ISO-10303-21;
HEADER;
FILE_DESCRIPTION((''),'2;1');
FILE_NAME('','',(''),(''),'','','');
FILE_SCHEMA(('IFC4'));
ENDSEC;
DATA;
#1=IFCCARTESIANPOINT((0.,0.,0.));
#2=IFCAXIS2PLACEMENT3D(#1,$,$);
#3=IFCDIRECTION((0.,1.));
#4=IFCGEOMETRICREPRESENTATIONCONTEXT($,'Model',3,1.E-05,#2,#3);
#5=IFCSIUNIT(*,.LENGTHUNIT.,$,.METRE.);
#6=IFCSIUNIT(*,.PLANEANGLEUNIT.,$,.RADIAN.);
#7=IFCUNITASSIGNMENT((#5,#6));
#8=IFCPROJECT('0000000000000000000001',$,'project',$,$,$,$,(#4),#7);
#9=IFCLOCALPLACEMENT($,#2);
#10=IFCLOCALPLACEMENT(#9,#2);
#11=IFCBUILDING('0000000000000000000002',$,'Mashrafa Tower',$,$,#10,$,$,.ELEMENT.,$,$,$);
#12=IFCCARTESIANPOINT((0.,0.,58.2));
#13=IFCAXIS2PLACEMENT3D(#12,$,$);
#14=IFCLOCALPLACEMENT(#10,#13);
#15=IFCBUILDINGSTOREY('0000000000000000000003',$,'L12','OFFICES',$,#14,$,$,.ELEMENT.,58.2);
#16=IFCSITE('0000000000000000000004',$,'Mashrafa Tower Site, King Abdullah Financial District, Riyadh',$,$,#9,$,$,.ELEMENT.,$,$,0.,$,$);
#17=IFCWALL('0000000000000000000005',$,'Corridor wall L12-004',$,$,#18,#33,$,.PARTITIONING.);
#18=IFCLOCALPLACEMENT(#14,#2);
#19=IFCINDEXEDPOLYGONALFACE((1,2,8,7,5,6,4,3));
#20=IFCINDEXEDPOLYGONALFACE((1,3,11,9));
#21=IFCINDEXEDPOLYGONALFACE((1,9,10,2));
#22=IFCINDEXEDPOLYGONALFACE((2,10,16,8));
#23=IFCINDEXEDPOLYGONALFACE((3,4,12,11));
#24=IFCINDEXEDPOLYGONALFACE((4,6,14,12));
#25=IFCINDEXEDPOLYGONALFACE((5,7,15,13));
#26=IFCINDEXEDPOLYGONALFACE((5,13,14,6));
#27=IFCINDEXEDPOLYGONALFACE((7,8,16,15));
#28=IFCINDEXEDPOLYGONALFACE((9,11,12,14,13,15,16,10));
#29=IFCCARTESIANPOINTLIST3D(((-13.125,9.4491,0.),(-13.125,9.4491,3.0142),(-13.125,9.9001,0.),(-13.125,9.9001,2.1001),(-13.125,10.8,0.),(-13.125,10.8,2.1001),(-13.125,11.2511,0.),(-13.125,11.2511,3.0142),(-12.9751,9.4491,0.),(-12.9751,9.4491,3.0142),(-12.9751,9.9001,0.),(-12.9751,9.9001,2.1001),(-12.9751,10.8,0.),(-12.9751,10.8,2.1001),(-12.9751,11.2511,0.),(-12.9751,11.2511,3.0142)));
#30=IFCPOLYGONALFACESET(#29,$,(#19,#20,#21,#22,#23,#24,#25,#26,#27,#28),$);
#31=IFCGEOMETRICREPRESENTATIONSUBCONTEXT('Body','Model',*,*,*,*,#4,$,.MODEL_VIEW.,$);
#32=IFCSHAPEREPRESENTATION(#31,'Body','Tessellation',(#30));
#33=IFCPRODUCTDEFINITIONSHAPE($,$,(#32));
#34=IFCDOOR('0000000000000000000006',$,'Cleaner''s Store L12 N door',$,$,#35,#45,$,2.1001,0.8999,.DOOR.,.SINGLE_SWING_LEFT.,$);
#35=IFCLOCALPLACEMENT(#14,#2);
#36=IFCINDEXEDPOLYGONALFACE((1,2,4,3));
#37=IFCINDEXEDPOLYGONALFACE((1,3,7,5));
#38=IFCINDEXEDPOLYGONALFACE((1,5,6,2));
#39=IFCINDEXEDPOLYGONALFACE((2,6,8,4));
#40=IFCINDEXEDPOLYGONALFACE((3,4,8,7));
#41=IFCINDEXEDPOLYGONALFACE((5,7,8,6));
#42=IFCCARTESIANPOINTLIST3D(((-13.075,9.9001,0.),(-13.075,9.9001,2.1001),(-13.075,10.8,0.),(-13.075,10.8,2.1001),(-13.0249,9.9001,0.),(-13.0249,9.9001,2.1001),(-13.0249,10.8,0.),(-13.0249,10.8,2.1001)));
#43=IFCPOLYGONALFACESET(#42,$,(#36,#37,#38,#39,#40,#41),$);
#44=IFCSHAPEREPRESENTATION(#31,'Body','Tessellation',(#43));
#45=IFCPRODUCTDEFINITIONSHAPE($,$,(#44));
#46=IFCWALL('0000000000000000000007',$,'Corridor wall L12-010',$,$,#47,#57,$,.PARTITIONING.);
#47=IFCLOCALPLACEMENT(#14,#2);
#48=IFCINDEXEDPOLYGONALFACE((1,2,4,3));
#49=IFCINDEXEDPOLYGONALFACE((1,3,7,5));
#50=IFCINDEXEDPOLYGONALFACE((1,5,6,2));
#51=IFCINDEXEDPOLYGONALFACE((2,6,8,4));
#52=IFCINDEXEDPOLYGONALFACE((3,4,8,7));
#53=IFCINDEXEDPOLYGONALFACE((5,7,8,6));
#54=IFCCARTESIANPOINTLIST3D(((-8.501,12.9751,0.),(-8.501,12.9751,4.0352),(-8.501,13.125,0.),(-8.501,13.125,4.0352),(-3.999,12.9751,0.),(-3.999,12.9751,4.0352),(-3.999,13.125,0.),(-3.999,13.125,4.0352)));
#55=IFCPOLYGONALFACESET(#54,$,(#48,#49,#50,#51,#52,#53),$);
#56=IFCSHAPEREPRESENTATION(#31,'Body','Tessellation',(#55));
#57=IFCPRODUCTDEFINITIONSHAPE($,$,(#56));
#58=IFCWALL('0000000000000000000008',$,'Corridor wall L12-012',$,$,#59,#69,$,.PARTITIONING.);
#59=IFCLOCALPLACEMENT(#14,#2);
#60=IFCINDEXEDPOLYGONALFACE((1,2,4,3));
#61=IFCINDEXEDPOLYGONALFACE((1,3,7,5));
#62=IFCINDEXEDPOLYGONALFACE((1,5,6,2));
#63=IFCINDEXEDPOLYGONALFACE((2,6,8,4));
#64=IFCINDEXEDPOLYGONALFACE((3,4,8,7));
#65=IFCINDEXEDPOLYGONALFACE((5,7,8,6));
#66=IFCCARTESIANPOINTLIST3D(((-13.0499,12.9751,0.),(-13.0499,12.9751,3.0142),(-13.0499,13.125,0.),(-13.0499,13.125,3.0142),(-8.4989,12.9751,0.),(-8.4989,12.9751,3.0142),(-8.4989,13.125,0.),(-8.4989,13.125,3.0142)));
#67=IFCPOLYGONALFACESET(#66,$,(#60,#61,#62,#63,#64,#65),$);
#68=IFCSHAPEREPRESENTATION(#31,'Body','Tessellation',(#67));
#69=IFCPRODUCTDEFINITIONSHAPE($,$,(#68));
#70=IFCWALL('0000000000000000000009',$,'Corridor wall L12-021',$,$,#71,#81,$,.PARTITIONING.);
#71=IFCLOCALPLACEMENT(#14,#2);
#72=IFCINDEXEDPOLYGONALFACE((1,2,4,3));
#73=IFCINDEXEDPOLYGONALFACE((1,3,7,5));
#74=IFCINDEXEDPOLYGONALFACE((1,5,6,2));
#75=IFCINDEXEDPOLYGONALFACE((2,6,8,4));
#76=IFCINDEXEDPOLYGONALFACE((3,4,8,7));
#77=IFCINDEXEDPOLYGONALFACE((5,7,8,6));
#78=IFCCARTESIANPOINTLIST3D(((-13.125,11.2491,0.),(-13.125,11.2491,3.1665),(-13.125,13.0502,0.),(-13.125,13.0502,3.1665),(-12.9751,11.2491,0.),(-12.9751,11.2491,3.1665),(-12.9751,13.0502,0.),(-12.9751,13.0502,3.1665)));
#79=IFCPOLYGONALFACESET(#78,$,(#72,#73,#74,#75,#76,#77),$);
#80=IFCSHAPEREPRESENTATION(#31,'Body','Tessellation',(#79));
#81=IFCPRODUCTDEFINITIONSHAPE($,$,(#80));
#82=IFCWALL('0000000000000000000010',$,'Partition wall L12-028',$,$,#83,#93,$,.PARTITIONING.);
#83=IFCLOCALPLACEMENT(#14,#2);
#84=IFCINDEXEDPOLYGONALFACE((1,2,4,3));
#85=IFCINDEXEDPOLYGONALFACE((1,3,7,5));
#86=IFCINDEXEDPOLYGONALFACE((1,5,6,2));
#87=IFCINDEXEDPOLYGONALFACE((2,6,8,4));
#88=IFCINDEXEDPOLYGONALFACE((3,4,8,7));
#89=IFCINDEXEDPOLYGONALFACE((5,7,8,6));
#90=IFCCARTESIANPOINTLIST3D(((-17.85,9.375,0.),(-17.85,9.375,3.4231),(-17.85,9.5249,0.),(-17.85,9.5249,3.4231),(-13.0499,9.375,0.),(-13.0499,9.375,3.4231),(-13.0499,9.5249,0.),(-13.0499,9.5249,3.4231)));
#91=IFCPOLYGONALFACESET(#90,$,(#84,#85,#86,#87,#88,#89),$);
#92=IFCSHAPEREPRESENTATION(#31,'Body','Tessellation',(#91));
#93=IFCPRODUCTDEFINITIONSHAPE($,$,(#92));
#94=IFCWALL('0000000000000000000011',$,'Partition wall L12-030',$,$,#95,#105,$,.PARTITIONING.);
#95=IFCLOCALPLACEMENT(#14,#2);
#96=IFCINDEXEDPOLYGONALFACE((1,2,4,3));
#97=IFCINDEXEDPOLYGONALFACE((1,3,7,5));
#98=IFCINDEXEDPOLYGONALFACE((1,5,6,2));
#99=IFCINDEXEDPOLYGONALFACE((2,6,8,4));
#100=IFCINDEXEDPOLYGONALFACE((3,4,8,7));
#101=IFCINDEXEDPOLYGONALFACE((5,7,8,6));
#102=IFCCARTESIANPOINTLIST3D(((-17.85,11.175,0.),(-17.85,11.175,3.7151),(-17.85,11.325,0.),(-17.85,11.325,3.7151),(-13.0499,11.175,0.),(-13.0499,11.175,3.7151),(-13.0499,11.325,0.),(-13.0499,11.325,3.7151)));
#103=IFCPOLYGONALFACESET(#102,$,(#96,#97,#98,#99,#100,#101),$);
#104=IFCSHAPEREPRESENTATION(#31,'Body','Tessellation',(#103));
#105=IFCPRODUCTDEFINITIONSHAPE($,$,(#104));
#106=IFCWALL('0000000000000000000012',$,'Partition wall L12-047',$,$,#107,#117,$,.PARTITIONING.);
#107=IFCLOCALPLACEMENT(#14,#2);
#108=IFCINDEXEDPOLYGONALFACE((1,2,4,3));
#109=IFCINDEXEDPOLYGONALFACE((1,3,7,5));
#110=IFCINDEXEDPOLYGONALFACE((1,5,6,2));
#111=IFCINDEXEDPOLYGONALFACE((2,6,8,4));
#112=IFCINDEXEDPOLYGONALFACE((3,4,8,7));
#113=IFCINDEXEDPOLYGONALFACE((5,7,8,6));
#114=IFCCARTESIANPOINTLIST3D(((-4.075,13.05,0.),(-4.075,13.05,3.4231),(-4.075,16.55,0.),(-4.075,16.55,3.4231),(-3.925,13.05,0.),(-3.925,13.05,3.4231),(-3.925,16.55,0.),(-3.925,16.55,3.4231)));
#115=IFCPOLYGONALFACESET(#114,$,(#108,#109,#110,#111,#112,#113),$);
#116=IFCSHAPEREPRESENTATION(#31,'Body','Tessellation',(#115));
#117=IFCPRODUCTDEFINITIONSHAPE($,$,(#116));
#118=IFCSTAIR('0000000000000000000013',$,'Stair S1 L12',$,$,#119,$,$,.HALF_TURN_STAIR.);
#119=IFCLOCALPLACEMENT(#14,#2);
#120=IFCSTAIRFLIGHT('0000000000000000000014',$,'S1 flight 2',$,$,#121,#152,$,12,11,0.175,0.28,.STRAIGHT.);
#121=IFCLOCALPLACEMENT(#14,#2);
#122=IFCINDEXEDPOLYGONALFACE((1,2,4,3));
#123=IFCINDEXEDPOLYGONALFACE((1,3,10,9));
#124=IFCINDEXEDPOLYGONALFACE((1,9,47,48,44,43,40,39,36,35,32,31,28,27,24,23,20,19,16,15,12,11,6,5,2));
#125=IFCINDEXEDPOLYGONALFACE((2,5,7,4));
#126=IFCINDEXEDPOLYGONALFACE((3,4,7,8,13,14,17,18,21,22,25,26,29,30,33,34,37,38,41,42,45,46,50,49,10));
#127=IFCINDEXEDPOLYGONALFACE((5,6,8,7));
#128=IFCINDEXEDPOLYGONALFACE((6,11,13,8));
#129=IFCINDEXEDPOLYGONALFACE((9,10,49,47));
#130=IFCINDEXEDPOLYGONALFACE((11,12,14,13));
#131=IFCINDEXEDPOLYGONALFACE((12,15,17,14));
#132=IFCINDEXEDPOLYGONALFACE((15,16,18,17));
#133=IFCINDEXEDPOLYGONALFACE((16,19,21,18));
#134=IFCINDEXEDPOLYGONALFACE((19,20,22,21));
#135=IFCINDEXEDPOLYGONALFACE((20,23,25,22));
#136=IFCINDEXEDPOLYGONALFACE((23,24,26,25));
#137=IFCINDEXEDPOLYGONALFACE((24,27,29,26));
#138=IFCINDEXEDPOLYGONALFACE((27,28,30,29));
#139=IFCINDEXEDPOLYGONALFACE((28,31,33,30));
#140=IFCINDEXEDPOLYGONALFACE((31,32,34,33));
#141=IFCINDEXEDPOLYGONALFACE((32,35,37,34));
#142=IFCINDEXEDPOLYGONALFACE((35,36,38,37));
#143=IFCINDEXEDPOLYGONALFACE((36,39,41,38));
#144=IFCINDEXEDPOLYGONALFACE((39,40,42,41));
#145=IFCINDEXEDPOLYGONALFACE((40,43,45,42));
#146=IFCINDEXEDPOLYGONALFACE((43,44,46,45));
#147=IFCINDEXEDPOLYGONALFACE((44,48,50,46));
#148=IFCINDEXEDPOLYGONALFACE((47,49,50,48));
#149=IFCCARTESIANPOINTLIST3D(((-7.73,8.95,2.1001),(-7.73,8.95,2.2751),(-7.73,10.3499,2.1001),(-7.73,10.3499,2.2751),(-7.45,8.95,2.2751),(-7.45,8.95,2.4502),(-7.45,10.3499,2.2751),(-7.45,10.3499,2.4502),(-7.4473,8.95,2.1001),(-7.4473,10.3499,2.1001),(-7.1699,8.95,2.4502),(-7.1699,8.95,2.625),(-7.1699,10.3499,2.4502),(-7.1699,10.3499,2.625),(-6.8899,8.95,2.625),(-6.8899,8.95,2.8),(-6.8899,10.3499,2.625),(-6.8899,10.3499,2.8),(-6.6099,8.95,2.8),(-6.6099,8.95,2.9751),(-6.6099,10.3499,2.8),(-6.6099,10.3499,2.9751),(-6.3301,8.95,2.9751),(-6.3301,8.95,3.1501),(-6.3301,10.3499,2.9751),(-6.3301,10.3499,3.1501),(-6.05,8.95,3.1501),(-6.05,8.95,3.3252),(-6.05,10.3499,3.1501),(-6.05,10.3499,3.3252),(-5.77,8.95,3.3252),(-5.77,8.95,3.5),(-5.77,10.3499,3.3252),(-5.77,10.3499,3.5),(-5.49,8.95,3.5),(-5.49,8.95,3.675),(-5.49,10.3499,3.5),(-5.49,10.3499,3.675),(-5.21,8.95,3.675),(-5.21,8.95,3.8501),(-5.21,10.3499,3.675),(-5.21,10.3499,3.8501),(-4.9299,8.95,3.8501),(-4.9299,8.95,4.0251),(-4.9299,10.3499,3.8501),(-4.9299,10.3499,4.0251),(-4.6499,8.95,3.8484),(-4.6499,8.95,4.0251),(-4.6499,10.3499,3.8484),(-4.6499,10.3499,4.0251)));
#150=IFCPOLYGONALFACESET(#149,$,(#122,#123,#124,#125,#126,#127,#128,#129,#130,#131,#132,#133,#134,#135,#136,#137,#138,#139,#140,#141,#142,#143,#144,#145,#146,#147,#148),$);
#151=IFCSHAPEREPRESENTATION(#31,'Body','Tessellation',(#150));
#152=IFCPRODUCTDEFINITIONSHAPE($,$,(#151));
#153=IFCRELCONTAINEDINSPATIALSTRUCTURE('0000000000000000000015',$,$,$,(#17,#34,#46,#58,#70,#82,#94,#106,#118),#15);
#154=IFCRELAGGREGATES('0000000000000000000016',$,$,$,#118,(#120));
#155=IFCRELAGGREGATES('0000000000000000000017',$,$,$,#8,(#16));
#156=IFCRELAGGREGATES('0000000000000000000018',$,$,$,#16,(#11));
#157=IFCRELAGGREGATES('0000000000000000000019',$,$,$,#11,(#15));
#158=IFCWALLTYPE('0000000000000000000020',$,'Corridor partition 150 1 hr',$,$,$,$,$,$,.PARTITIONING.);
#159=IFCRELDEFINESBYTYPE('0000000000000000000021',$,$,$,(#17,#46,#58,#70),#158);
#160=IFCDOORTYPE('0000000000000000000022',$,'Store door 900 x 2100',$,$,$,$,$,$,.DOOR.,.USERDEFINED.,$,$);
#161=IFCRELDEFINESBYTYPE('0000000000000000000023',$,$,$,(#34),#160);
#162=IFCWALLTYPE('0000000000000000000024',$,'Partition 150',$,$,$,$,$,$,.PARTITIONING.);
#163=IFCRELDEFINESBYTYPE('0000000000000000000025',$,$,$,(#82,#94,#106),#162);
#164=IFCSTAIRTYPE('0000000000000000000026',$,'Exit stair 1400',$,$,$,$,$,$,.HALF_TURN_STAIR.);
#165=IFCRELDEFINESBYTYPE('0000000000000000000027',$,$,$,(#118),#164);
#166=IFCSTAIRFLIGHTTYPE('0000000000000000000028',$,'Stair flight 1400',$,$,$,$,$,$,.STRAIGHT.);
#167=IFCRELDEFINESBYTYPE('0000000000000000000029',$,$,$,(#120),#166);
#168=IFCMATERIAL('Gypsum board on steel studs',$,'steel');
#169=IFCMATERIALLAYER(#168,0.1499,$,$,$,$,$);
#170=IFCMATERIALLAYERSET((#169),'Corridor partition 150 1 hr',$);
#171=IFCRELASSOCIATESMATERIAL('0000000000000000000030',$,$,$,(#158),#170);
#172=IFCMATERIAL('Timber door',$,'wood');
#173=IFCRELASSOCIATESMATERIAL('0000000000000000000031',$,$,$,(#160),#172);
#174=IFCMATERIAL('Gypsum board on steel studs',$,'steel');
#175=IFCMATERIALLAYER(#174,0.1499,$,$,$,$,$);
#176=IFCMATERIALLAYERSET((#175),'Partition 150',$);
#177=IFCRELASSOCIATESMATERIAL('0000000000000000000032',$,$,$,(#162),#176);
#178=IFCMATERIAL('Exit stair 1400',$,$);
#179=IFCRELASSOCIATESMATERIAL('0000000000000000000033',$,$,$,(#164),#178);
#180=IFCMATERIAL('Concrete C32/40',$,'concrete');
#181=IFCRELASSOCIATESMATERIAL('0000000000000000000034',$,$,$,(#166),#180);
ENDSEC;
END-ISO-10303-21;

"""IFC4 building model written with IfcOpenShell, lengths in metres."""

from ifc_helpers import new_model, si_unit, direction, frame, frame_2d, origin, place, context, subcontext, project, spatial, polyline, rectangle, outline, extrude, material, layer, layer_set, type_object, element, fill, aggregate, save


model = new_model("IFC4")

# Units and contexts
model_context = context("Model", 3, precision=1e-05, world=origin(), true_north=direction((0.0, 1.0)))
body_context = subcontext(model_context, "Body", "Model", "MODEL_VIEW")
ifc_project = project(units=[si_unit("LENGTHUNIT", "METRE"), si_unit("PLANEANGLEUNIT", "RADIAN")], contexts=[model_context])

# Site, building, storey
site_placement = place(None, origin())
site = spatial("IfcSite", under=ifc_project, at=site_placement, Name="Mashrafa Tower Site, King Abdullah Financial District, Riyadh", CompositionType="ELEMENT", RefElevation=0.0)
building_placement = place(site_placement, origin())
building = spatial("IfcBuilding", under=site, at=building_placement, Name="Mashrafa Tower", CompositionType="ELEMENT")
storey_placement = place(building_placement, frame((0.0, 0.0, 58.2)))
storey = spatial("IfcBuildingStorey", under=building, at=storey_placement, Name="L12", Description="OFFICES", CompositionType="ELEMENT", Elevation=58.2)

# Wall, opening, door
ifc_material_1 = material(Name="Gypsum board on steel studs", Category="steel")
ifc_layer_1 = layer(ifc_material_1, 0.1499)
ifc_layer_set_1 = layer_set([ifc_layer_1], Name="Corridor partition 150 1 hr")
wall_type_1 = type_object("IfcWallType", Name="Corridor partition 150 1 hr", PredefinedType="PARTITIONING", material=ifc_layer_set_1)
wall_1_placement = place(storey_placement, frame((-13.05, 11.251, 0.0), z_axis=(0.0, 0.0, 1.0), x_axis=(0.0, -1.0, 0.0)))
wall_1 = element("IfcWall", 1, at=wall_1_placement, inside=storey, type_object=wall_type_1, Name="Corridor wall L12-004", PredefinedType="PARTITIONING", context=body_context, shape_type="SweptSolid", body=[
    extrude(rectangle(XDim=1.802, YDim=0.1499, at=frame_2d((0.9009, 0.0))), origin(), (0.0, 0.0, 1.0), 3.0142),
])
opening_1_placement = place(wall_1_placement, frame((0.4509, 0.0, 0.0)))
opening_1 = element("IfcOpeningElement", 2, at=opening_1_placement, cuts=wall_1, PredefinedType="OPENING", context=body_context, shape_type="SweptSolid", body=[
    extrude(rectangle(XDim=0.8999, YDim=2.1001, at=frame_2d((0.45, 1.05))), frame((0.0, 0.085, 0.0), z_axis=(0.0, -1.0, 0.0), x_axis=(1.0, 0.0, 0.0)), (0.0, 0.0, 1.0), 0.1699),
])
ifc_material_2 = material(Name="Timber door", Category="wood")
door_type_1 = type_object("IfcDoorType", Name="Store door 900 x 2100", OperationType="USERDEFINED", PredefinedType="DOOR", material=ifc_material_2)
door_1_placement = place(opening_1_placement, frame((0.8999, 0.0, 0.0), z_axis=(0.0, 0.0, 1.0), x_axis=(-1.0, 0.0, 0.0)))
door_1 = element("IfcDoor", 3, at=door_1_placement, inside=storey, type_object=door_type_1, Name="Cleaner's Store L12 N door", OperationType="SINGLE_SWING_LEFT", OverallHeight=2.1001, OverallWidth=0.8999, PredefinedType="DOOR", context=body_context, shape_type="SweptSolid", body=[
    extrude(rectangle(XDim=0.8999, YDim=2.1001, at=frame_2d((0.45, 1.05))), frame((0.0, 0.0249, 0.0), z_axis=(0.0, -1.0, 0.0), x_axis=(1.0, 0.0, 0.0)), (0.0, 0.0, 1.0), 0.05),
])
fill(opening_1, door_1)

# Walls
wall_2_placement = place(storey_placement, frame((-3.999, 13.05, 0.0), z_axis=(0.0, 0.0, 1.0), x_axis=(-1.0, 0.0, 0.0)))
element("IfcWall", 4, at=wall_2_placement, inside=storey, type_object=wall_type_1, Name="Corridor wall L12-010", PredefinedType="PARTITIONING", context=body_context, shape_type="SweptSolid", body=[
    extrude(rectangle(XDim=4.502, YDim=0.1499, at=frame_2d((2.251, 0.0))), origin(), (0.0, 0.0, 1.0), 4.0352),
])
wall_3_placement = place(storey_placement, frame((-8.499, 13.05, 0.0), z_axis=(0.0, 0.0, 1.0), x_axis=(-1.0, 0.0, 0.0)))
element("IfcWall", 5, at=wall_3_placement, inside=storey, type_object=wall_type_1, Name="Corridor wall L12-012", PredefinedType="PARTITIONING", context=body_context, shape_type="SweptSolid", body=[
    extrude(rectangle(XDim=4.551, YDim=0.1499, at=frame_2d((2.2754, 0.0))), origin(), (0.0, 0.0, 1.0), 3.0142),
])
wall_4_placement = place(storey_placement, frame((-13.05, 13.05, 0.0), z_axis=(0.0, 0.0, 1.0), x_axis=(0.0, -1.0, 0.0)))
element("IfcWall", 6, at=wall_4_placement, inside=storey, type_object=wall_type_1, Name="Corridor wall L12-021", PredefinedType="PARTITIONING", context=body_context, shape_type="SweptSolid", body=[
    extrude(rectangle(XDim=1.801, YDim=0.1499, at=frame_2d((0.9004, 0.0))), origin(), (0.0, 0.0, 1.0), 3.1665),
])
ifc_material_3 = material(Name="Gypsum board on steel studs", Category="steel")
ifc_layer_2 = layer(ifc_material_3, 0.1499)
ifc_layer_set_2 = layer_set([ifc_layer_2], Name="Partition 150")
wall_type_2 = type_object("IfcWallType", Name="Partition 150", PredefinedType="PARTITIONING", material=ifc_layer_set_2)
wall_5_placement = place(storey_placement, frame((-13.05, 9.45, 0.0), z_axis=(0.0, 0.0, 1.0), x_axis=(-1.0, 0.0, 0.0)))
element("IfcWall", 7, at=wall_5_placement, inside=storey, type_object=wall_type_2, Name="Partition wall L12-028", PredefinedType="PARTITIONING", context=body_context, shape_type="SweptSolid", body=[
    extrude(rectangle(XDim=4.8, YDim=0.1499, at=frame_2d((2.3999, 0.0))), origin(), (0.0, 0.0, 1.0), 3.4231),
])
wall_6_placement = place(storey_placement, frame((-13.05, 11.25, 0.0), z_axis=(0.0, 0.0, 1.0), x_axis=(-1.0, 0.0, 0.0)))
element("IfcWall", 8, at=wall_6_placement, inside=storey, type_object=wall_type_2, Name="Partition wall L12-030", PredefinedType="PARTITIONING", context=body_context, shape_type="SweptSolid", body=[
    extrude(rectangle(XDim=4.8, YDim=0.1499, at=frame_2d((2.3999, 0.0))), origin(), (0.0, 0.0, 1.0), 3.7151),
])
wall_7_placement = place(storey_placement, frame((-4.0, 13.05, 0.0), z_axis=(0.0, 0.0, 1.0), x_axis=(0.0, 1.0, 0.0)))
element("IfcWall", 9, at=wall_7_placement, inside=storey, type_object=wall_type_2, Name="Partition wall L12-047", PredefinedType="PARTITIONING", context=body_context, shape_type="SweptSolid", body=[
    extrude(rectangle(XDim=3.5, YDim=0.1499, at=frame_2d((1.75, 0.0))), origin(), (0.0, 0.0, 1.0), 3.4231),
])

# Stair, stair flight
ifc_material_4 = material(Name="Exit stair 1400")
stair_type = type_object("IfcStairType", Name="Exit stair 1400", PredefinedType="HALF_TURN_STAIR", material=ifc_material_4)
stair_placement = place(storey_placement, origin())
stair = element("IfcStair", 10, at=stair_placement, inside=storey, type_object=stair_type, Name="Stair S1 L12", PredefinedType="HALF_TURN_STAIR")
ifc_material_5 = material(Name="Concrete C32/40", Category="concrete")
stair_flight_type = type_object("IfcStairFlightType", Name="Stair flight 1400", PredefinedType="STRAIGHT", material=ifc_material_5)
stair_flight_placement = place(storey_placement, frame((-7.73, 9.6499, 2.1001), z_axis=(0.0, 0.0, 1.0), x_axis=(1.0, 0.0, 0.0)))
stair_flight = element("IfcStairFlight", 11, at=stair_flight_placement, type_object=stair_flight_type, Name="S1 flight 2", NumberOfRisers=12, NumberOfTreads=11, PredefinedType="STRAIGHT", RiserHeight=0.175, TreadLength=0.28, context=body_context, shape_type="SweptSolid", body=[
    extrude(outline(polyline([(0.0, 0.0), (0.0, 0.175), (0.28, 0.175), (0.28, 0.3501), (0.5601, 0.3501), (0.5601, 0.5249), (0.8401, 0.5249), (0.8401, 0.7), (1.1201, 0.7), (1.1201, 0.875), (1.3999, 0.875), (1.3999, 1.05), (1.6799, 1.05), (1.6799, 1.2251), (1.96, 1.2251), (1.96, 1.3999), (2.24, 1.3999), (2.24, 1.575), (2.52, 1.575), (2.52, 1.75), (2.8, 1.75), (2.8, 1.925), (3.0801, 1.925), (3.0801, 2.1001), (3.0801, 1.7483), (0.2827, 0.0), (0.0, 0.0)])), frame((0.0, 0.7, 0.0), z_axis=(0.0, -1.0, 0.0), x_axis=(1.0, 0.0, 0.0)), (0.0, 0.0, 1.0), 1.3999),
])
aggregate(stair, [stair_flight])

save(model, "model.ifc")
